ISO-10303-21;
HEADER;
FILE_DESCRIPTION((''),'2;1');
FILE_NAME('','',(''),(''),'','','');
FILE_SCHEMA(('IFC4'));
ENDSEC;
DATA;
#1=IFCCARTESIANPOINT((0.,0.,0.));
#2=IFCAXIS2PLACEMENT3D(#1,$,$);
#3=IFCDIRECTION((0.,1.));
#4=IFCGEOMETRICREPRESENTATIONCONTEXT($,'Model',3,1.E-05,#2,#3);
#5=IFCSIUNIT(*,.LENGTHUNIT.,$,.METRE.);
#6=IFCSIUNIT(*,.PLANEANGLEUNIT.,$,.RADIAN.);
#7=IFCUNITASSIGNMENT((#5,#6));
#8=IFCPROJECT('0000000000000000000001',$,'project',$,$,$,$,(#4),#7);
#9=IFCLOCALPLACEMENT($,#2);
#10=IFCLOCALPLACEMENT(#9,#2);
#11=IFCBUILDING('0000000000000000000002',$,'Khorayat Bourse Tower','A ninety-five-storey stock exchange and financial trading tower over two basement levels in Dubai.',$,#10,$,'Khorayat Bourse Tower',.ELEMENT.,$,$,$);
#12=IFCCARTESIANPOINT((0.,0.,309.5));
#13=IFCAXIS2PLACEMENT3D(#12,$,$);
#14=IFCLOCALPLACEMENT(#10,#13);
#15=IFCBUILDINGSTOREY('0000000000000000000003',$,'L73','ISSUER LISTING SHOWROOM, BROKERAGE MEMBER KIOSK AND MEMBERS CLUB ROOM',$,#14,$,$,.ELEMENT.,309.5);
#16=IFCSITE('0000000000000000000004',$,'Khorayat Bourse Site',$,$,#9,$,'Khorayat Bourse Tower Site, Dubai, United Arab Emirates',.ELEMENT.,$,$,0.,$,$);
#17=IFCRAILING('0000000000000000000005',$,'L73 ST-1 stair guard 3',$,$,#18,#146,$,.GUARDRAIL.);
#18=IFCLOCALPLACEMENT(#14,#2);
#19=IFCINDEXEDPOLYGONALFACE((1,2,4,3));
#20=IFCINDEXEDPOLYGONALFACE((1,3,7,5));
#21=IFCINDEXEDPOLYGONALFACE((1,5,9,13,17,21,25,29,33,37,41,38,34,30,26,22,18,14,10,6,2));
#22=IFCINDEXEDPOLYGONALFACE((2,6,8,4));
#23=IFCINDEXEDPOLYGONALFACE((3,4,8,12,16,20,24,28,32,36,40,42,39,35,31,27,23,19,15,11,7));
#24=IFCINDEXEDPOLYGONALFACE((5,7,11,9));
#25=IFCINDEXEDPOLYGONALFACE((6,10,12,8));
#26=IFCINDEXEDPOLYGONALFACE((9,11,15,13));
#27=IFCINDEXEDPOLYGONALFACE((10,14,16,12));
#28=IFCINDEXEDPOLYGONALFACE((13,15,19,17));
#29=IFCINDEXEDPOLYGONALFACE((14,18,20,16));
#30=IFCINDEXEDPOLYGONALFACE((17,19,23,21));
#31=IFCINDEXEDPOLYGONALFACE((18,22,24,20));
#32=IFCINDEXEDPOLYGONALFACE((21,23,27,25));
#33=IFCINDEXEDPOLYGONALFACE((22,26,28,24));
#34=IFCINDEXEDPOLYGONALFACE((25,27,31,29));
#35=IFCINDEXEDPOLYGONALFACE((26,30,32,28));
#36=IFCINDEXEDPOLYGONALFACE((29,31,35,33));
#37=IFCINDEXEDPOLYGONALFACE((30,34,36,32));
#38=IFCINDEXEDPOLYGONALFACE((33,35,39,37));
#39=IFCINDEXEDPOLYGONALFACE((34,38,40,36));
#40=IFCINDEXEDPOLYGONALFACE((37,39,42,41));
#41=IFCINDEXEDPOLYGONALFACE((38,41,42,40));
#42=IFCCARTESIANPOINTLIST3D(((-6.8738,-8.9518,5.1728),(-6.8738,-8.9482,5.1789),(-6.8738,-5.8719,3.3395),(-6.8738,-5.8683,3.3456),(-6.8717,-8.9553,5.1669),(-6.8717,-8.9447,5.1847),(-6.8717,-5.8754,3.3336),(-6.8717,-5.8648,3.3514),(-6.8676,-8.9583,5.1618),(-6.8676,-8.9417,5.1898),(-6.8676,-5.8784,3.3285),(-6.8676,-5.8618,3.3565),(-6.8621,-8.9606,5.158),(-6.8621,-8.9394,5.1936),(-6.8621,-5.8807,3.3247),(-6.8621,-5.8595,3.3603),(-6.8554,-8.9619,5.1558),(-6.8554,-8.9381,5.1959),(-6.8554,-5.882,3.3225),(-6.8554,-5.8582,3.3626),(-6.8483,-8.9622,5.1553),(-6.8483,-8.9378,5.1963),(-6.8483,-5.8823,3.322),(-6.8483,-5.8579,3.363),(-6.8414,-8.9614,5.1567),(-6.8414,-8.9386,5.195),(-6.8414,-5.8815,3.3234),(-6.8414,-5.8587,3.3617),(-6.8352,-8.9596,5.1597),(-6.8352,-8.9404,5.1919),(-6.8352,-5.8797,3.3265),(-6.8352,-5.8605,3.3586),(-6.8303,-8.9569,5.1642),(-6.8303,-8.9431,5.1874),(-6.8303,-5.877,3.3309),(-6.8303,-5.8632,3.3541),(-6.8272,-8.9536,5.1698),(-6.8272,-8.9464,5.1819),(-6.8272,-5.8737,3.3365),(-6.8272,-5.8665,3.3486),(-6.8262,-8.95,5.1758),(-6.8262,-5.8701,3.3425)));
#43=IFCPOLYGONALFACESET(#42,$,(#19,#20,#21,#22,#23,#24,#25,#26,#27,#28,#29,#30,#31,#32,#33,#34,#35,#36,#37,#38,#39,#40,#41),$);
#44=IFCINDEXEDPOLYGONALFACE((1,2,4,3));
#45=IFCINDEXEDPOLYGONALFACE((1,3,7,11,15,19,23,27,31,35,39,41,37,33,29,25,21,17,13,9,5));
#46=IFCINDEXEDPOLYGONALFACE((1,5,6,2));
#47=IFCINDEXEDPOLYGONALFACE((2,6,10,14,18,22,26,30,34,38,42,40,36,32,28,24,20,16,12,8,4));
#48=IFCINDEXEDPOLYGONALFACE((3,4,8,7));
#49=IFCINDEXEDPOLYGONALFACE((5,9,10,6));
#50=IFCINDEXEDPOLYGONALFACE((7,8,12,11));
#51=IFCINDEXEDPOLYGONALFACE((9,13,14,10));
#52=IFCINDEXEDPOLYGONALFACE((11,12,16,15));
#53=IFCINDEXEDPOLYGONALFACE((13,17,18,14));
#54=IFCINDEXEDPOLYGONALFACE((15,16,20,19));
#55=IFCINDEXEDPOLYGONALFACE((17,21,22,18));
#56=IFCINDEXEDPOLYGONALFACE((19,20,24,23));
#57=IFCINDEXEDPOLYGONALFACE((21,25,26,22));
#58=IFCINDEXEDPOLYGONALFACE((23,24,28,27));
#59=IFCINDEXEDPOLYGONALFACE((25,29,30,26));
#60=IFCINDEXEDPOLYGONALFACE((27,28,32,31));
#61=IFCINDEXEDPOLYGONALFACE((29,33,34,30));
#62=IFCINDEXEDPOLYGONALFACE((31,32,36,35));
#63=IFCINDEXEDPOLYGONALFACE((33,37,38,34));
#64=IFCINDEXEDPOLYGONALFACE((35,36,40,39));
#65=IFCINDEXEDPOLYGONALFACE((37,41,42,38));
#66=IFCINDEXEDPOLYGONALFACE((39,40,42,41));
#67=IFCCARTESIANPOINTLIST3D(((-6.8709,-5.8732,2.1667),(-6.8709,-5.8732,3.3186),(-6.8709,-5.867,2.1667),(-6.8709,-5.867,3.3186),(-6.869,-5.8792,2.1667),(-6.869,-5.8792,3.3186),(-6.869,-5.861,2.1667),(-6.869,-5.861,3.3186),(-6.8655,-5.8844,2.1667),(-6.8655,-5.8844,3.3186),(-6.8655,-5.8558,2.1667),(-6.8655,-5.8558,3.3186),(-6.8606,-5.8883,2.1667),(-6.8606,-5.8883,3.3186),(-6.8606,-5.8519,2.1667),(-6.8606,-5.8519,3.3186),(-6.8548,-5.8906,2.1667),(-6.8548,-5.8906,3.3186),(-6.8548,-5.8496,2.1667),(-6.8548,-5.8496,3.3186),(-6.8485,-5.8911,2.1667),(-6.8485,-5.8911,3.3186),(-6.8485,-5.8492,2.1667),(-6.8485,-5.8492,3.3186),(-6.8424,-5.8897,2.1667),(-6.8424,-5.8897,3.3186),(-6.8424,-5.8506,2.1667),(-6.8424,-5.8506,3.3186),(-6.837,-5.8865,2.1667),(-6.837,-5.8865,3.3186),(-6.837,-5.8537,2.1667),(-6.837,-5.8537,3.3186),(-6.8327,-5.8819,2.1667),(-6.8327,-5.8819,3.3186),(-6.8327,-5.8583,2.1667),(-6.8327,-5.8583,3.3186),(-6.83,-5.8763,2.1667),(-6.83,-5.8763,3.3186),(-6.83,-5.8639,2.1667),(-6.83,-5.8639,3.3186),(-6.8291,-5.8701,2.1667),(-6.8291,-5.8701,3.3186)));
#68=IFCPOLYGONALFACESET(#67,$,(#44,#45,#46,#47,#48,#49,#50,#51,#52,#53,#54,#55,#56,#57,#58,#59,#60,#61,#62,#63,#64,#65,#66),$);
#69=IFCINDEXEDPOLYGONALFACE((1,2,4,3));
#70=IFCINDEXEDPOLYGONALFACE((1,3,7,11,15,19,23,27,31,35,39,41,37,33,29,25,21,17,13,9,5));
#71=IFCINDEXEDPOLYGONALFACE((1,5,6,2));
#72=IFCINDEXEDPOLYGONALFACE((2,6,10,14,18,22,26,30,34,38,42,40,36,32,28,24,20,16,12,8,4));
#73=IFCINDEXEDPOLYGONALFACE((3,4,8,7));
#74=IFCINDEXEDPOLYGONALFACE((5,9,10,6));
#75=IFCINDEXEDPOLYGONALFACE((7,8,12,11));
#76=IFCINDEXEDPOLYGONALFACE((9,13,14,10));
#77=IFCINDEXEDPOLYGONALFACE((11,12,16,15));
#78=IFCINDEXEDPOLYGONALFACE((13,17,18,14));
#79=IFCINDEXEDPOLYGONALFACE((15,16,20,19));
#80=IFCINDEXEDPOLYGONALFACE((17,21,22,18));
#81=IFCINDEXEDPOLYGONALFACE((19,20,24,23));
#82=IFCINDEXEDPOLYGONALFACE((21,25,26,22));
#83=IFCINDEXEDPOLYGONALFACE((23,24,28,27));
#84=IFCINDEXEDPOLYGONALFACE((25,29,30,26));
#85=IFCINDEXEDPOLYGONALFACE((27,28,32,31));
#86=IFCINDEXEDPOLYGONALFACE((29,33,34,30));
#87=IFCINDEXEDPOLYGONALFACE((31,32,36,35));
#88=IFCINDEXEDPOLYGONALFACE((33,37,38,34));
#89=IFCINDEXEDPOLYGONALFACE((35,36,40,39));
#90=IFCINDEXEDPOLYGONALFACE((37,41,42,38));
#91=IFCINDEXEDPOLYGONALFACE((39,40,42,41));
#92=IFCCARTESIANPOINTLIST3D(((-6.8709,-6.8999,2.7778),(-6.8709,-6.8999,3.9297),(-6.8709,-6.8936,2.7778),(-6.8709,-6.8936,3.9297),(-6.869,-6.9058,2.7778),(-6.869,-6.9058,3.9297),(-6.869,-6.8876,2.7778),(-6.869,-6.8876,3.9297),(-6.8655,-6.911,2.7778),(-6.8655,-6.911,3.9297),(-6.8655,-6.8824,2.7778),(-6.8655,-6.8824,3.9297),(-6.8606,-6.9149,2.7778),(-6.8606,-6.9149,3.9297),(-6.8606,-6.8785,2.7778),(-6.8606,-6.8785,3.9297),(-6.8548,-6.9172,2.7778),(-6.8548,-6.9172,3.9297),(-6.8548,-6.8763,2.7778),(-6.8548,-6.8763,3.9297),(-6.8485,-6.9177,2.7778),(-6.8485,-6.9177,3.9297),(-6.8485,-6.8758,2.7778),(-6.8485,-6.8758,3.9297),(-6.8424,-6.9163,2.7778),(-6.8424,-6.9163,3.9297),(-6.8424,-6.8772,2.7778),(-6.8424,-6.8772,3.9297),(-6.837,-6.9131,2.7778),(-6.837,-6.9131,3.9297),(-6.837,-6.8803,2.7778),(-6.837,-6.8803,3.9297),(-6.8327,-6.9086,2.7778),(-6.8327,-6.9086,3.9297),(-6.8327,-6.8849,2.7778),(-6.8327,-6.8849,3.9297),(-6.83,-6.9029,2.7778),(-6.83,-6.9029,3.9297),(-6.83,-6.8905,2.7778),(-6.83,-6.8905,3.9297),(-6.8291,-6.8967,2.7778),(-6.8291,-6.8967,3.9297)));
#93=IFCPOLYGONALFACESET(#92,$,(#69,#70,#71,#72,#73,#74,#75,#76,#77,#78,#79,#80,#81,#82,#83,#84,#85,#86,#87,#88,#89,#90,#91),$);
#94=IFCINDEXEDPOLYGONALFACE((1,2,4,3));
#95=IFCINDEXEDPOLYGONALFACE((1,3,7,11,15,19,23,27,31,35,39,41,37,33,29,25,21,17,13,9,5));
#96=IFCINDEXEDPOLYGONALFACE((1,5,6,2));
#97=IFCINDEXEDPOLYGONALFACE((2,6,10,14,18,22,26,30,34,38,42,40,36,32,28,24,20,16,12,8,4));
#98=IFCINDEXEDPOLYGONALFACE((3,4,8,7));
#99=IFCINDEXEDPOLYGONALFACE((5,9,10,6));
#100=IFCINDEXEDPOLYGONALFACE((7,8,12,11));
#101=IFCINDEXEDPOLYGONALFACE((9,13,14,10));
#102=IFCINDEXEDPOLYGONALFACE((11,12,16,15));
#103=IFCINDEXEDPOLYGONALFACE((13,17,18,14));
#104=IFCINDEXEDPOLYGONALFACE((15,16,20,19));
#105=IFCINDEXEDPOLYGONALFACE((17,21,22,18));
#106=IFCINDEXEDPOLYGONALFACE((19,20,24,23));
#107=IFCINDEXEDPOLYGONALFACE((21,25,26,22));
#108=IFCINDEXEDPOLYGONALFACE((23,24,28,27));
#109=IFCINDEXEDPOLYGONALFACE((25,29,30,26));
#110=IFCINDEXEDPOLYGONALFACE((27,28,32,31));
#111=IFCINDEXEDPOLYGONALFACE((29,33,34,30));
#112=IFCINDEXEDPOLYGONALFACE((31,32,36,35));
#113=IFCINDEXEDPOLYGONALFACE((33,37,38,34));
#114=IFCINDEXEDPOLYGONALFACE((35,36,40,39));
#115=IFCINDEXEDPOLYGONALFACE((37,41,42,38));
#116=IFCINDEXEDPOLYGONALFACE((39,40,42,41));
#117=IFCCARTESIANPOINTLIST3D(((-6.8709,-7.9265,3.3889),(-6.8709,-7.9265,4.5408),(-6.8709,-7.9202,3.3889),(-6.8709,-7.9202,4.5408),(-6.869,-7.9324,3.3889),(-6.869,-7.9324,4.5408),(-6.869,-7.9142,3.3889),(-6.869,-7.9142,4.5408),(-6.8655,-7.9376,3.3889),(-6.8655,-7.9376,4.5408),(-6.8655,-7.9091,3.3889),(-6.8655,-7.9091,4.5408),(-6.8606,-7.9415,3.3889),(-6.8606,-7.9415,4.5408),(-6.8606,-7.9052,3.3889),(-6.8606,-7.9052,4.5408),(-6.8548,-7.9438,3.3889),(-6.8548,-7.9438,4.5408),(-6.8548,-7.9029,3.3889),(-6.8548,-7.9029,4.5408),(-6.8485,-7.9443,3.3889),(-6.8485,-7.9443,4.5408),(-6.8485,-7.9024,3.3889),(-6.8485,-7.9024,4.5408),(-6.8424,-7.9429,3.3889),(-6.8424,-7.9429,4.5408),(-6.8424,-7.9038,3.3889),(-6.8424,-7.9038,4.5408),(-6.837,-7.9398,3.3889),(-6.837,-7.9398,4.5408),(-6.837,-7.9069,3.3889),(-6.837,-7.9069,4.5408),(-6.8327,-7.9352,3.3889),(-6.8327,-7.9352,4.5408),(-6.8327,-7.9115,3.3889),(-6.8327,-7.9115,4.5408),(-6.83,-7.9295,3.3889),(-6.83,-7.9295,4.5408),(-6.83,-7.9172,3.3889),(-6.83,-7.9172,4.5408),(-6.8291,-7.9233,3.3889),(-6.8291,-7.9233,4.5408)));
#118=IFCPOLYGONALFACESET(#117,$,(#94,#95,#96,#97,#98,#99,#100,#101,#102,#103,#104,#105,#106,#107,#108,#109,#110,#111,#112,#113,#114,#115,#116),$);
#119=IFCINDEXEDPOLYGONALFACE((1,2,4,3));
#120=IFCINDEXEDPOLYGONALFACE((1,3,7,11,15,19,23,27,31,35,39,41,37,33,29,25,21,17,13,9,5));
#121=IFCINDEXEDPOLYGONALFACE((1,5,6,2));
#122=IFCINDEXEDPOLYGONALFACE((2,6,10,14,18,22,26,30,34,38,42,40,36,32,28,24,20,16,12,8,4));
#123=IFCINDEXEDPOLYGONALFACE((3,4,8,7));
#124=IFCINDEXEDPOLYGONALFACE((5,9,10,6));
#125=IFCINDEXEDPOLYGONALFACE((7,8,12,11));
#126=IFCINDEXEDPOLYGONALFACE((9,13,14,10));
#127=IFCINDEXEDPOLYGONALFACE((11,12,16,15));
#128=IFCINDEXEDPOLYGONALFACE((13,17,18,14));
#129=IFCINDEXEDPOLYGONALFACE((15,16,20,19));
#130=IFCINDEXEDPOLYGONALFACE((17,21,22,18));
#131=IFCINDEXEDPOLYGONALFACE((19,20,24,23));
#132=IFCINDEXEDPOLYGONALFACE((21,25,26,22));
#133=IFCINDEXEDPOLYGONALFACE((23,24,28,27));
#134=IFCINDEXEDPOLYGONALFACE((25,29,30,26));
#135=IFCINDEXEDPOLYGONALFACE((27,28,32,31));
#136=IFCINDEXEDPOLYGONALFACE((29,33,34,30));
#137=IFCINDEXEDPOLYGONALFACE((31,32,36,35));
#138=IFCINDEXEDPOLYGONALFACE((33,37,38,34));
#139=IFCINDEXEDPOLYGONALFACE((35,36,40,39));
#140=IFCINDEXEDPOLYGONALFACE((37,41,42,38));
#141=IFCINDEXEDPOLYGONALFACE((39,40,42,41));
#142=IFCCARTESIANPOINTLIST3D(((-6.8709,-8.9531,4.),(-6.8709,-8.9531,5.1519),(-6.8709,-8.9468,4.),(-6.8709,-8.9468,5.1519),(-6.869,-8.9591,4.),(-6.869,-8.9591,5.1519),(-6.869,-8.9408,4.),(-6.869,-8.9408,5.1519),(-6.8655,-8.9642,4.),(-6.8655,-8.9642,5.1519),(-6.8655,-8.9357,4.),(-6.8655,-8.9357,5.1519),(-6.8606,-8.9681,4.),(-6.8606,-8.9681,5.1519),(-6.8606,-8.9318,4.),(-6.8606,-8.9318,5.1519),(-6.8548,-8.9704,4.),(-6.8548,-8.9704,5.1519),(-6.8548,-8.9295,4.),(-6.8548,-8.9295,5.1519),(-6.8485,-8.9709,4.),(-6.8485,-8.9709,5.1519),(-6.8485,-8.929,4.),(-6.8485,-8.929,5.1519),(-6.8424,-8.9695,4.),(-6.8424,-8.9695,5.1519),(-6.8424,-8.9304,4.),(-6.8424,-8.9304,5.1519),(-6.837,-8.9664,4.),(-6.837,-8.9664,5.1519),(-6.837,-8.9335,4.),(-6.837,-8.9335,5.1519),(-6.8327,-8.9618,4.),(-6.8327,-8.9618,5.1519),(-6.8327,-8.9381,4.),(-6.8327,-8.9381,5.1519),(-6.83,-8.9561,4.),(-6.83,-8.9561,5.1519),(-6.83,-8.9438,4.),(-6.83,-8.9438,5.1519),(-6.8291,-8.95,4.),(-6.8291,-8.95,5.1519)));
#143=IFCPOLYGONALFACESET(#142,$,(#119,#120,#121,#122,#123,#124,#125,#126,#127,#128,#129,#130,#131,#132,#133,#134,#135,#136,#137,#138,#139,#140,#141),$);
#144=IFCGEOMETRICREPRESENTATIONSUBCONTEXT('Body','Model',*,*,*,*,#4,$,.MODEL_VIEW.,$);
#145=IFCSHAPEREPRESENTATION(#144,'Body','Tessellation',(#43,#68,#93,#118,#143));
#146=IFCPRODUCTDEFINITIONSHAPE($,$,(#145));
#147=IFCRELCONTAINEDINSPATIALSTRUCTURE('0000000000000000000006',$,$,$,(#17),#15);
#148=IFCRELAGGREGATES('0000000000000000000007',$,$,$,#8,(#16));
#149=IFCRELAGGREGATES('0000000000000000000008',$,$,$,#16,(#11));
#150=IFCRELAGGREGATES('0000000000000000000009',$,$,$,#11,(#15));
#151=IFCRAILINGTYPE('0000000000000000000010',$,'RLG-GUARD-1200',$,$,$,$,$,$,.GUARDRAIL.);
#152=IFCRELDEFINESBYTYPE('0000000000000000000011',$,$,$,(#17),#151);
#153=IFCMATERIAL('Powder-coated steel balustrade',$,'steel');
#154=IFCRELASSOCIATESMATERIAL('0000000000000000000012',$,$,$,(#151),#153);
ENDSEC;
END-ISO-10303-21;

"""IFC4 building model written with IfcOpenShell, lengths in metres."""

from ifc_helpers import new_model, si_unit, direction, frame, origin, origin_2d, place, context, subcontext, project, spatial, circle, extrude, source, transform, mapped, material, type_object, element, save


model = new_model("IFC4")

# Units and contexts
model_context = context("Model", 3, precision=1e-05, world=origin(), true_north=direction((0.0, 1.0)))
body_context = subcontext(model_context, "Body", "Model", "MODEL_VIEW")
ifc_project = project(units=[si_unit("LENGTHUNIT", "METRE"), si_unit("PLANEANGLEUNIT", "RADIAN")], contexts=[model_context])

# Site, building, storey
site_placement = place(None, origin())
site = spatial("IfcSite", under=ifc_project, at=site_placement, Name="Khorayat Bourse Site", LongName="Khorayat Bourse Tower Site, Dubai, United Arab Emirates", CompositionType="ELEMENT", RefElevation=0.0)
building_placement = place(site_placement, origin())
building = spatial("IfcBuilding", under=site, at=building_placement, Name="Khorayat Bourse Tower", Description="A ninety-five-storey stock exchange and financial trading tower over two basement levels in Dubai.", LongName="Khorayat Bourse Tower", CompositionType="ELEMENT")
storey_placement = place(building_placement, frame((0.0, 0.0, 309.5)))
storey = spatial("IfcBuildingStorey", under=building, at=storey_placement, Name="L73", Description="ISSUER LISTING SHOWROOM, BROKERAGE MEMBER KIOSK AND MEMBERS CLUB ROOM", CompositionType="ELEMENT", Elevation=309.5)

# Railing
ifc_material_1 = material(Name="Powder-coated steel balustrade", Category="steel")
railing_type_1 = type_object("IfcRailingType", Name="RLG-GUARD-1200", PredefinedType="GUARDRAIL", material=ifc_material_1)
shared_shape_1 = source(origin(), body_context, "Body", "SweptSolid", [
    extrude(circle(Radius=0.0239, at=origin_2d()), frame((0.0, 0.0, 1.1758), z_axis=(0.0, -0.859291, 0.511487), x_axis=(1.0, 0.0, 0.0)), (0.0, 0.0, 1.0), 3.5842),
    extrude(circle(Radius=0.021, at=origin_2d()), origin(), (0.0, 0.0, 1.0), 1.1519),
    extrude(circle(Radius=0.021, at=origin_2d()), frame((0.0, -1.0266, 0.6111)), (0.0, 0.0, 1.0), 1.1519),
    extrude(circle(Radius=0.021, at=origin_2d()), frame((0.0, -2.0532, 1.2222)), (0.0, 0.0, 1.0), 1.1519),
    extrude(circle(Radius=0.021, at=origin_2d()), frame((0.0, -3.0798, 1.8333)), (0.0, 0.0, 1.0), 1.1519),
])
railing_1_placement = place(storey_placement, frame((-6.8501, -5.8701, 2.1667)))
element("IfcRailing", 1, at=railing_1_placement, inside=storey, type_object=railing_type_1, Name="L73 ST-1 stair guard 3", PredefinedType="GUARDRAIL", context=body_context, shape_type="MappedRepresentation", body=[
    mapped(shared_shape_1, transform((0.0, 0.0, 0.0), scale=1.0)),
])

save(model, "model.ifc")
